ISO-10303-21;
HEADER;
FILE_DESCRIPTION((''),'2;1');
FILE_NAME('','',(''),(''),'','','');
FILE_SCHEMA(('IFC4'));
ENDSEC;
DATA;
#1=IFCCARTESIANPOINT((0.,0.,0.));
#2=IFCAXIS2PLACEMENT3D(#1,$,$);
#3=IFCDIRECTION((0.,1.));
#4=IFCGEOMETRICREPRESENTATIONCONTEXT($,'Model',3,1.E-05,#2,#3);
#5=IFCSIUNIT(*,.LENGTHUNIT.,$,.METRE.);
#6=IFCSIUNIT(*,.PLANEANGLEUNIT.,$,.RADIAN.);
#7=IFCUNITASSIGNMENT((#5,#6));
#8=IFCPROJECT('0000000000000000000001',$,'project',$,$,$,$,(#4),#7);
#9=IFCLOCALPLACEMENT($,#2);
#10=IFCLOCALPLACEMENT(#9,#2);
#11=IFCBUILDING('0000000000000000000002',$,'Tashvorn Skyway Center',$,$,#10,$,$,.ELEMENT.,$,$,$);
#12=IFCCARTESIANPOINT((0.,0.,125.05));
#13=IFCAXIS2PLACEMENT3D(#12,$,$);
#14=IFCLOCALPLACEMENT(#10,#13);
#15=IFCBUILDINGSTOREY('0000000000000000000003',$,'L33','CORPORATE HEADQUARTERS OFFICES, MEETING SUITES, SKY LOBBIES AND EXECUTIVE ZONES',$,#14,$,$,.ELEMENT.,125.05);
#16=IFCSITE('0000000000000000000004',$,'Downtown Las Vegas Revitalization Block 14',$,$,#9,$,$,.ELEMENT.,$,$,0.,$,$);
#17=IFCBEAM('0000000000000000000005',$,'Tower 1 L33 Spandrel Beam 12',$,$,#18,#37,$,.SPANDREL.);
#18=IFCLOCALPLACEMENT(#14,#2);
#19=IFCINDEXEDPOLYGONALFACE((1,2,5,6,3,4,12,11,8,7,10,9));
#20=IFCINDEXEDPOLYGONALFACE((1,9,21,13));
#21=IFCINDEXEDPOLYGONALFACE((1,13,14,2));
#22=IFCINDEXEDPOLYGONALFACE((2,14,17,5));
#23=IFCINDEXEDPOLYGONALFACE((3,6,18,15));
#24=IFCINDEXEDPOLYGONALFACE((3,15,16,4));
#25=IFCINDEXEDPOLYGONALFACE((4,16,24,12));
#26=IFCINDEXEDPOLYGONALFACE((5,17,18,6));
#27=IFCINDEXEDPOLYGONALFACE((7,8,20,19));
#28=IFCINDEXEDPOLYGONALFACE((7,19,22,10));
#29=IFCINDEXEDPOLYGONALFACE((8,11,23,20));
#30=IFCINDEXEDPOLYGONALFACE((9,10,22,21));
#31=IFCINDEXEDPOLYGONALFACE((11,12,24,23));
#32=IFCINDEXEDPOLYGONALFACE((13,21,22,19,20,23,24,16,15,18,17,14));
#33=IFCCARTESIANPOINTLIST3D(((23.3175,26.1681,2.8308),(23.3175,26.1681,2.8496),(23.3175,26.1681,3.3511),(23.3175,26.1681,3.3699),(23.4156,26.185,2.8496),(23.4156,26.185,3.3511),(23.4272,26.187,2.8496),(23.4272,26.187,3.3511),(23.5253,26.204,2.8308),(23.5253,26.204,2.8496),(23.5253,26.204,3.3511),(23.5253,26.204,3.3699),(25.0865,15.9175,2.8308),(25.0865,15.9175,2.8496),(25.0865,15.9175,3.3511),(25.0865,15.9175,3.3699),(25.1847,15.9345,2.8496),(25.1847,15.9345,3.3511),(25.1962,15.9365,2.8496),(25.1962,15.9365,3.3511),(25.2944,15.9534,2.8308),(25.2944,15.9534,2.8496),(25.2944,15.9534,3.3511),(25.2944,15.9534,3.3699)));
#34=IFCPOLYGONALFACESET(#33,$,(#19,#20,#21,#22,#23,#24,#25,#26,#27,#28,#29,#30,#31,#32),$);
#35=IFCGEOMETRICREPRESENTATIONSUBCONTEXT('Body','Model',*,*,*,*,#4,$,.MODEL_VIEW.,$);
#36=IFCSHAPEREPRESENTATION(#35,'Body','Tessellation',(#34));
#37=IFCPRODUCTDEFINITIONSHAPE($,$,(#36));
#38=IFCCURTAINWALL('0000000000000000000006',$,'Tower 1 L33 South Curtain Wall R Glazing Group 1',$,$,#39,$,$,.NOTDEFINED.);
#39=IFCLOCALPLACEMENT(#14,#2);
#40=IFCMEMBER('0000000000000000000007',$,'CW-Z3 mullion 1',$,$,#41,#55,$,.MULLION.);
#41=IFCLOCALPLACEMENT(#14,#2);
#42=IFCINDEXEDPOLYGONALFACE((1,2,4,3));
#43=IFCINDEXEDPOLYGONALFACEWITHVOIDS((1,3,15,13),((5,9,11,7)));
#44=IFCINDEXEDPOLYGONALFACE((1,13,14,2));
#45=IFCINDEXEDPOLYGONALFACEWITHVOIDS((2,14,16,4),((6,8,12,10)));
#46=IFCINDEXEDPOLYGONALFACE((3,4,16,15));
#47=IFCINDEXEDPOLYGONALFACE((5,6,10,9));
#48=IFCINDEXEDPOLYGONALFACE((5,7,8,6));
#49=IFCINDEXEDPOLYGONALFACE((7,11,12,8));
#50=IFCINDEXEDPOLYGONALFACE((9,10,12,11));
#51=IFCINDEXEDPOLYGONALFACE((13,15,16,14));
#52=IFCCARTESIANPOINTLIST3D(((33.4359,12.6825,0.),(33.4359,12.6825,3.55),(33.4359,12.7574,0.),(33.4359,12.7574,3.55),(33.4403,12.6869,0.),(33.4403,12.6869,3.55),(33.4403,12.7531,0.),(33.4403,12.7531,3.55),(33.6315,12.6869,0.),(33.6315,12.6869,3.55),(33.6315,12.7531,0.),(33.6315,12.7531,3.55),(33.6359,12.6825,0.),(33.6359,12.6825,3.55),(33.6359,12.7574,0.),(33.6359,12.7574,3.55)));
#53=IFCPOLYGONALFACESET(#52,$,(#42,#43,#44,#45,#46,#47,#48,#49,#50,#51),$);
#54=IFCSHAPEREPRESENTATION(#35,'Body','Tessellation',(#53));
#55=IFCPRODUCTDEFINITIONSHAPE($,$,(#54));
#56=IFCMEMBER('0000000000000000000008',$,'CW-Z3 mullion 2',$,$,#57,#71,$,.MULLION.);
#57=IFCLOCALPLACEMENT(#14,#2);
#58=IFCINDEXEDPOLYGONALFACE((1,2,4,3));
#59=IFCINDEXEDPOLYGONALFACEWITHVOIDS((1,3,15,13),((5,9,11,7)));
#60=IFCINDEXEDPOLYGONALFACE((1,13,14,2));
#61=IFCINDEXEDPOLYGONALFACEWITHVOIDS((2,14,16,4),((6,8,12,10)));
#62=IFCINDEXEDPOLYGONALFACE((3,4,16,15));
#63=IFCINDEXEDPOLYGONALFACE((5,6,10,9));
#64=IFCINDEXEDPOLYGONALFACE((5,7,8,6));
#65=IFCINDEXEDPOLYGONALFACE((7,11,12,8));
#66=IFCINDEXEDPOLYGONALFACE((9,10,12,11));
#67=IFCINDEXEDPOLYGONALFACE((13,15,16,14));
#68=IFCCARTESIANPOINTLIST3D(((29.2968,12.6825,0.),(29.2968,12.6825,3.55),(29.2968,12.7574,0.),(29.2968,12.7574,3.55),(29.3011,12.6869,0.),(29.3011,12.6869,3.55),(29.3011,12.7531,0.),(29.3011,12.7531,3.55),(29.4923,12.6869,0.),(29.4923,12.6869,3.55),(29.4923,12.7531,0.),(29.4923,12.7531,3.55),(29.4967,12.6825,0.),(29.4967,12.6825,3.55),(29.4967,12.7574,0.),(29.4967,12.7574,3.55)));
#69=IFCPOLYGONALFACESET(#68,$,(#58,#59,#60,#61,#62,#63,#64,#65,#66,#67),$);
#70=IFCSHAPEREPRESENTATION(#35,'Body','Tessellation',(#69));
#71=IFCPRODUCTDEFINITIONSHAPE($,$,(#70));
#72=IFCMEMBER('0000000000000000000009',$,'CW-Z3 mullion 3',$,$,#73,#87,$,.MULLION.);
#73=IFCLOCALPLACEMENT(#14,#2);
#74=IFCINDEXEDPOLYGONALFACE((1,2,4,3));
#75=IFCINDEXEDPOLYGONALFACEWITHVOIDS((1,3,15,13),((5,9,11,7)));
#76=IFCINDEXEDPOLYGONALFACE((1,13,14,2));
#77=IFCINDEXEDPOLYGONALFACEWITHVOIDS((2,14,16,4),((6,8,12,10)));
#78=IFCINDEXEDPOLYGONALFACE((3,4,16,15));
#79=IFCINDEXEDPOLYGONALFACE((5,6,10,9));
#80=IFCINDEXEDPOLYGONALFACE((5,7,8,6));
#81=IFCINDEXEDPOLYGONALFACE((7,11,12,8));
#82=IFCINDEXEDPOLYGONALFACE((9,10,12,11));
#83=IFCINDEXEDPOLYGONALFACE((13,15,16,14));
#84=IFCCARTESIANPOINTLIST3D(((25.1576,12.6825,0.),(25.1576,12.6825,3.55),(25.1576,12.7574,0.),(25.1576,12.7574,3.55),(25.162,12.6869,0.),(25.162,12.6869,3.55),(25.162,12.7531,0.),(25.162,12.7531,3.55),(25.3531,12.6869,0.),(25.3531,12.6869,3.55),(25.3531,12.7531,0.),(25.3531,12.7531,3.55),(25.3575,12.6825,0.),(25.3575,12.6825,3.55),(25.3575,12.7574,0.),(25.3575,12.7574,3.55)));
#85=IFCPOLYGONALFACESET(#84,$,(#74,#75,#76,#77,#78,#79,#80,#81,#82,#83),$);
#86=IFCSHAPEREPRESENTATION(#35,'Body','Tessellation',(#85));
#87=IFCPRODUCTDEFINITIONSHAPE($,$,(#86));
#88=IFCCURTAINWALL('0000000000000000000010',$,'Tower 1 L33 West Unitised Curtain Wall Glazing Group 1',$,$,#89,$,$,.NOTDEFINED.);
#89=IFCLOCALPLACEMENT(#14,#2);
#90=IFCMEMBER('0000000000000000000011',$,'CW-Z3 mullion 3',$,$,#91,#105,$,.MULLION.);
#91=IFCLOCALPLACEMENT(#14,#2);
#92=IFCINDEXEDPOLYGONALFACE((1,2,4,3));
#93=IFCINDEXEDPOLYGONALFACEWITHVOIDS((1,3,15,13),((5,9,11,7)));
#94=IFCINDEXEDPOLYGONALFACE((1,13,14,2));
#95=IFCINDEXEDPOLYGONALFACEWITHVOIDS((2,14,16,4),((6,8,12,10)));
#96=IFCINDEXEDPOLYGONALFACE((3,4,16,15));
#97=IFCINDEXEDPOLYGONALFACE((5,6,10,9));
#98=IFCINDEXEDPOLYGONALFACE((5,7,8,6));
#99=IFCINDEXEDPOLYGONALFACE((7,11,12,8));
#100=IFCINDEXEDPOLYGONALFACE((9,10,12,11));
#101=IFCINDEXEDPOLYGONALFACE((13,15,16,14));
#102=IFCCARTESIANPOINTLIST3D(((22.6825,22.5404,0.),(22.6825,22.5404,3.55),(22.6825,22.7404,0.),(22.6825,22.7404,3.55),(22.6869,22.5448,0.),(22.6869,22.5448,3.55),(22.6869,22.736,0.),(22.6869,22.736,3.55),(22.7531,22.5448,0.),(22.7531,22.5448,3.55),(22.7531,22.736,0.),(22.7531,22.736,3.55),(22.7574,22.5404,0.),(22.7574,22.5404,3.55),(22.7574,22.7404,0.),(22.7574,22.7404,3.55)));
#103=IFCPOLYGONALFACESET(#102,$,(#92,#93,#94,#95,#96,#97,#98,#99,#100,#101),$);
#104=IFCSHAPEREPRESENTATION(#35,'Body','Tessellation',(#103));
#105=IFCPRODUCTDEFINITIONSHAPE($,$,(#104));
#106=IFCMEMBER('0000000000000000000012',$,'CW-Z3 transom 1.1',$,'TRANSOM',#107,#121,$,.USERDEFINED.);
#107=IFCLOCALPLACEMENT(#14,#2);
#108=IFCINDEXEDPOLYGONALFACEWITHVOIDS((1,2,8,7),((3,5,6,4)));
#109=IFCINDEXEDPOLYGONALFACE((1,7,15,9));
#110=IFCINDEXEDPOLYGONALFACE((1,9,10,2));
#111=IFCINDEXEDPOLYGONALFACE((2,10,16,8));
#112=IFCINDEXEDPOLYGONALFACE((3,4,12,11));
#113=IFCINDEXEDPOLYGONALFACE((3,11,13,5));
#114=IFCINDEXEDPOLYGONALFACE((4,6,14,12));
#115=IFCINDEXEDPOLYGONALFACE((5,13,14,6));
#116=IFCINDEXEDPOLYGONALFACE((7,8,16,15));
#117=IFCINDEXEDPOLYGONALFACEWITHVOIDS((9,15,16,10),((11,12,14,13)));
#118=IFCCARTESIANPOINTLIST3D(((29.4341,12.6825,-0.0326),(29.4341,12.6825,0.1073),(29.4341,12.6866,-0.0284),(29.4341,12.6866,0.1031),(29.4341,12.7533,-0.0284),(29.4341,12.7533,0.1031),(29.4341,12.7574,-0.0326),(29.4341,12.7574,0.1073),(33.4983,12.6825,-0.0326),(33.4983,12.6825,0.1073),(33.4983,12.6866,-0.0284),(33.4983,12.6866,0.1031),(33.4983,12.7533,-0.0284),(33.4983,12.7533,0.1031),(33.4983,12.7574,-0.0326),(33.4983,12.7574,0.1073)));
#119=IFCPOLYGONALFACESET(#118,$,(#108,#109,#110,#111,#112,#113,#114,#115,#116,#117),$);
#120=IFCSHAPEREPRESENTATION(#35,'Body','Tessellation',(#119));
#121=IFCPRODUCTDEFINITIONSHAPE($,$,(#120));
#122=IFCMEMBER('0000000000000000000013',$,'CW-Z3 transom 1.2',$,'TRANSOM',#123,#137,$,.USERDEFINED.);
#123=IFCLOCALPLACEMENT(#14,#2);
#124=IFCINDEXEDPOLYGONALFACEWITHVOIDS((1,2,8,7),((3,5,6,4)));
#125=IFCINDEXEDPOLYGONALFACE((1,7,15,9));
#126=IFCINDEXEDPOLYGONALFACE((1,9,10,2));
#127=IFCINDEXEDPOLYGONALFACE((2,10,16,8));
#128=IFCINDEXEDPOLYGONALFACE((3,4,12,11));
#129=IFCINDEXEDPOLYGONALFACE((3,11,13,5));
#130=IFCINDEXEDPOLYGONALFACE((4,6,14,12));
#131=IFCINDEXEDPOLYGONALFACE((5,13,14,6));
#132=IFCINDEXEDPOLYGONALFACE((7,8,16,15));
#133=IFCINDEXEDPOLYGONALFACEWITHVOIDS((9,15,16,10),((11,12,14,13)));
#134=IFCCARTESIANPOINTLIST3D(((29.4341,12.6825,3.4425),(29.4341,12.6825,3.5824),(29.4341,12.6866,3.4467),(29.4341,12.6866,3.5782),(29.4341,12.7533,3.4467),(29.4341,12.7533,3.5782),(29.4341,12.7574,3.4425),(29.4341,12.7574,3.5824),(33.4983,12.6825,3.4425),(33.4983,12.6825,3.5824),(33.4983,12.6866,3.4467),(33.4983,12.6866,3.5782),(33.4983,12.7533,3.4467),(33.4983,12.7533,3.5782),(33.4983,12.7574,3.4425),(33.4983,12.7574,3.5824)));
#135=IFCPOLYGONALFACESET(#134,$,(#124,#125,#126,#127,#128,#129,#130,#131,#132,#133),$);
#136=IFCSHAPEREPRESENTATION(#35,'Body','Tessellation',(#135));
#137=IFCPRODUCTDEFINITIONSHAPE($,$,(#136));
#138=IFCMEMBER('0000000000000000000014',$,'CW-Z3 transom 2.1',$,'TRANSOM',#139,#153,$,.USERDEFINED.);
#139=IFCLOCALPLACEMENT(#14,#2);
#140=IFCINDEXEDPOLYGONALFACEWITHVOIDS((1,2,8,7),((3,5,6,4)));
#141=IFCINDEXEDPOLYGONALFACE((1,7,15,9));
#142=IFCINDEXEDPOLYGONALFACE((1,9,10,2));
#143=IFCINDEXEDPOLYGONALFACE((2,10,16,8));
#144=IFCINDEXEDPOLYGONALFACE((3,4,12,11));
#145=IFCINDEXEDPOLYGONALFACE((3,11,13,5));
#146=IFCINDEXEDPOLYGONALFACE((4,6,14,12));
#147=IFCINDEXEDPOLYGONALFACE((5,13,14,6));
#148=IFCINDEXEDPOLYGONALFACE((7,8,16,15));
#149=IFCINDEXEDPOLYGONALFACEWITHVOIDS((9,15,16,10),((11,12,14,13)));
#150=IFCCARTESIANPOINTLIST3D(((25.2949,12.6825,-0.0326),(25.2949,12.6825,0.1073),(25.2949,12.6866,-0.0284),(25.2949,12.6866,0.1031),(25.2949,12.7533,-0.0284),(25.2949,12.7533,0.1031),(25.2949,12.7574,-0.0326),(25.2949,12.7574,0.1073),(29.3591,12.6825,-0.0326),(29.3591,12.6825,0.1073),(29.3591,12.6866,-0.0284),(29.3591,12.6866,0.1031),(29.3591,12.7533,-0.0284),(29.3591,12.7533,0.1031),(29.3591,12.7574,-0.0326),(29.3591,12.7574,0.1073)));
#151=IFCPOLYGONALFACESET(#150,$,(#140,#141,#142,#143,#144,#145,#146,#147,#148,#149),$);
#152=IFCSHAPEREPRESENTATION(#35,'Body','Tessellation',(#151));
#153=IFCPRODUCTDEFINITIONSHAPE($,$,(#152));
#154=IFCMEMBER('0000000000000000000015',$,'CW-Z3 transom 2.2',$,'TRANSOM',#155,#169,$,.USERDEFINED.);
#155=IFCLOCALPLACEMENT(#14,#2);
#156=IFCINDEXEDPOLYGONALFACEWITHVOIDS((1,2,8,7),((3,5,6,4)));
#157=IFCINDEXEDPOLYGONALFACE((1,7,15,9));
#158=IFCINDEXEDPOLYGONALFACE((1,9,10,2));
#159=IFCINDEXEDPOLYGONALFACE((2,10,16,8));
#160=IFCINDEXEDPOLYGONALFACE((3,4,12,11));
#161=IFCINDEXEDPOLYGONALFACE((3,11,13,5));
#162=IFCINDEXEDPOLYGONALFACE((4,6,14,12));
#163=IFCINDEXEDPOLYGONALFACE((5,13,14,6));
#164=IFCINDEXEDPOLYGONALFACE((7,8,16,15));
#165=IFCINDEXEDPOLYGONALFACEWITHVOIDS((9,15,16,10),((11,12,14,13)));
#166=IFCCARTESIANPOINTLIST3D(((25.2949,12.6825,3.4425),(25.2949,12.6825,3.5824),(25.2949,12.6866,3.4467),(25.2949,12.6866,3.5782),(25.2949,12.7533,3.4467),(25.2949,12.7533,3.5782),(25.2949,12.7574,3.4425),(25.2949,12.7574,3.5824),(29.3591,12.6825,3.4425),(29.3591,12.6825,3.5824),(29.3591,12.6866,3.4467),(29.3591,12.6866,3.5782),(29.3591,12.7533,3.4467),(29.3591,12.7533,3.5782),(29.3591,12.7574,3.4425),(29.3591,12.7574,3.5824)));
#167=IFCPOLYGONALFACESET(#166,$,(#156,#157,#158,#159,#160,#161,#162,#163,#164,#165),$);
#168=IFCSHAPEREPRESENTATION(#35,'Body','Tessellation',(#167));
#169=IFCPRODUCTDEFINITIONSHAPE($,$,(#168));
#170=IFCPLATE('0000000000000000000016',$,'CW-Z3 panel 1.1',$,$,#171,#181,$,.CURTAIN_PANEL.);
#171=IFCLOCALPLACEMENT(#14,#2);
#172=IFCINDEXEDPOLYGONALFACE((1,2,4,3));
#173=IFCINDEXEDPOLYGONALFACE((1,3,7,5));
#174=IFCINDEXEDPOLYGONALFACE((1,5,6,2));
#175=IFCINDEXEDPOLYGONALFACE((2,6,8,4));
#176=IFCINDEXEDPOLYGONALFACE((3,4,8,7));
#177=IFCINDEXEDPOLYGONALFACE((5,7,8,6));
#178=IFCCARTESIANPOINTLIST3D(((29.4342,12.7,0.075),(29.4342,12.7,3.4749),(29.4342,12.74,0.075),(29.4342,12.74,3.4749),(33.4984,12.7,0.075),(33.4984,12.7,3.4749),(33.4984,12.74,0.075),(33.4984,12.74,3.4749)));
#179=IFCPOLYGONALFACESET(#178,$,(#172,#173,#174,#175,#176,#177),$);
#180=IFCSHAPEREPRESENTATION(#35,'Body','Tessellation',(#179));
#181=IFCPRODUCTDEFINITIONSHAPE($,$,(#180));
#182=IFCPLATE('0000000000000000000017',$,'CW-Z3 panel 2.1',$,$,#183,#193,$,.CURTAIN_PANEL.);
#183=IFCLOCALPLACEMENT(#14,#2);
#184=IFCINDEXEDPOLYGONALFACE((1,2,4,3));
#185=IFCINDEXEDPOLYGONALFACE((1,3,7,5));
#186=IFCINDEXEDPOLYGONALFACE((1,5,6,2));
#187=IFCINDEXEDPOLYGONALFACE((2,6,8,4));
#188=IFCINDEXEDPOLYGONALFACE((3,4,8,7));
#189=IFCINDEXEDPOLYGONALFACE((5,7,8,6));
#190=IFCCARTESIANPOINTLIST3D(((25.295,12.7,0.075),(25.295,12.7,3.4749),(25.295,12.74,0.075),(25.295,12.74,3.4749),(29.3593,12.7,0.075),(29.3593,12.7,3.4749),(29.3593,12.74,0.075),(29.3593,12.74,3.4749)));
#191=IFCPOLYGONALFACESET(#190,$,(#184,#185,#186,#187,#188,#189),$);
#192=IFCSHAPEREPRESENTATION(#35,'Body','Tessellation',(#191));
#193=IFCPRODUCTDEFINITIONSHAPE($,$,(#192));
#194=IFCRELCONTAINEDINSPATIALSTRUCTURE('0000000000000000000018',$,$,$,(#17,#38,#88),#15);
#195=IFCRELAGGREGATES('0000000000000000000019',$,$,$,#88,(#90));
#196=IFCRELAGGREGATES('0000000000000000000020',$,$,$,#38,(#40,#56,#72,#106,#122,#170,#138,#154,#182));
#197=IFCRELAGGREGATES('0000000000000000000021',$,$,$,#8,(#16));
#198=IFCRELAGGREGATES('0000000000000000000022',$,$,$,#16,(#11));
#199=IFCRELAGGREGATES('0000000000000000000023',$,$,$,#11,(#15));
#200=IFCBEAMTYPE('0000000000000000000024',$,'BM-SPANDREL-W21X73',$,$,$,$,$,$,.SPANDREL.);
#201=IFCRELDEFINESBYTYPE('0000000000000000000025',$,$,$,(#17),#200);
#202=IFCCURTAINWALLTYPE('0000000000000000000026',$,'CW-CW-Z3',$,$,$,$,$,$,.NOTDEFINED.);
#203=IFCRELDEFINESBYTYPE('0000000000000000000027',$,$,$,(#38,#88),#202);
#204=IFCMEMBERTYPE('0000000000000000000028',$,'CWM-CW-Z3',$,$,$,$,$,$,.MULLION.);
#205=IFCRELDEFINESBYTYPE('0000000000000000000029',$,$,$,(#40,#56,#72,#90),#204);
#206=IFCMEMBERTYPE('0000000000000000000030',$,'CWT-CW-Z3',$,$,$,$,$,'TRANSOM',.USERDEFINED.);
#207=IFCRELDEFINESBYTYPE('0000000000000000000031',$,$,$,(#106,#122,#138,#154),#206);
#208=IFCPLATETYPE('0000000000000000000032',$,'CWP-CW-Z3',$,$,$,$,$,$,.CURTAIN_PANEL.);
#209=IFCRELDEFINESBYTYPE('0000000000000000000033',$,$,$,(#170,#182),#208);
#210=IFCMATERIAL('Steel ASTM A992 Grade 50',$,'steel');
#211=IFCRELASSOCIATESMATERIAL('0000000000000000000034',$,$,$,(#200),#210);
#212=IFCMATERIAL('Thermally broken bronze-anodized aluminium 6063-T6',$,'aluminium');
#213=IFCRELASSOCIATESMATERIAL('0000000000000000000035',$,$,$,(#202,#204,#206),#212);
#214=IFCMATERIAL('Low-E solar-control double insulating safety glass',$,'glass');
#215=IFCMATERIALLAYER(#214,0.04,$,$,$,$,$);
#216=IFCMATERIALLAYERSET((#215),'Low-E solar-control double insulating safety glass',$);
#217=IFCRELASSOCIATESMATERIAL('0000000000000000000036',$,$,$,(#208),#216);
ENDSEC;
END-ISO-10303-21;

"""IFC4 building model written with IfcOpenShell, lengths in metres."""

from ifc_helpers import new_model, si_unit, direction, frame, origin, origin_2d, place, context, subcontext, project, spatial, rectangle, hollow_rectangle, i_section, extrude, material, layer, layer_set, material_profile, profile_set, type_object, element, aggregate, save


model = new_model("IFC4")

# Units and contexts
model_context = context("Model", 3, precision=1e-05, world=origin(), true_north=direction((0.0, 1.0)))
body_context = subcontext(model_context, "Body", "Model", "MODEL_VIEW")
ifc_project = project(units=[si_unit("LENGTHUNIT", "METRE"), si_unit("PLANEANGLEUNIT", "RADIAN")], contexts=[model_context])

# Site, building, storey
site_placement = place(None, origin())
site = spatial("IfcSite", under=ifc_project, at=site_placement, Name="Downtown Las Vegas Revitalization Block 14", CompositionType="ELEMENT", RefElevation=0.0)
building_placement = place(site_placement, origin())
building = spatial("IfcBuilding", under=site, at=building_placement, Name="Tashvorn Skyway Center", CompositionType="ELEMENT")
storey_placement = place(building_placement, frame((0.0, 0.0, 125.05)))
storey = spatial("IfcBuildingStorey", under=building, at=storey_placement, Name="L33", Description="CORPORATE HEADQUARTERS OFFICES, MEETING SUITES, SKY LOBBIES AND EXECUTIVE ZONES", CompositionType="ELEMENT", Elevation=125.05)

# Beam
ifc_material_1 = material(Name="Steel ASTM A992 Grade 50", Category="steel")
ifc_material_profile_1 = material_profile(ifc_material_1, i_section(OverallWidth=0.2109, OverallDepth=0.5391, WebThickness=0.0117, FlangeThickness=0.0188, at=origin_2d()), Name="W21X73")
ifc_profile_set_1 = profile_set([ifc_material_profile_1], Name="Steel ASTM A992 Grade 50")
beam_type_1 = type_object("IfcBeamType", Name="BM-SPANDREL-W21X73", PredefinedType="SPANDREL", material=ifc_profile_set_1)
for number, where, z_axis, x_axis, name in (
    (1, (23.4214, 26.186, 3.1003), (0.170067, -0.985432, 0.0), (0.985432, 0.170067, 0.0), "Tower 1 L33 Spandrel Beam 12"),
):
    element("IfcBeam", number, at=place(storey_placement, frame(where, z_axis=z_axis, x_axis=x_axis)), inside=storey, type_object=beam_type_1, Name=name, PredefinedType="SPANDREL", context=body_context, shape_type="SweptSolid", body=[
        extrude(i_section(OverallWidth=0.2109, OverallDepth=0.5391, WebThickness=0.0117, FlangeThickness=0.0188, at=origin_2d()), origin(), (0.0, 0.0, 1.0), 10.4021),
    ])

# Curtain wall, members
ifc_material_2 = material(Name="Thermally broken bronze-anodized aluminium 6063-T6", Category="aluminium")
curtain_wall_type = type_object("IfcCurtainWallType", Name="CW-CW-Z3", PredefinedType="NOTDEFINED", material=ifc_material_2)
curtain_wall_1_placement = place(storey_placement, origin())
curtain_wall_1 = element("IfcCurtainWall", 2, at=curtain_wall_1_placement, inside=storey, type_object=curtain_wall_type, Name="Tower 1 L33 South Curtain Wall R Glazing Group 1", PredefinedType="NOTDEFINED")
ifc_material_profile_2 = material_profile(ifc_material_2, hollow_rectangle(XDim=0.075, YDim=0.2, WallThickness=0.0044, at=origin_2d()), Name="ALU-MULL-75x200")
ifc_profile_set_2 = profile_set([ifc_material_profile_2], Name="Thermally broken bronze-anodized aluminium 6063-T6")
member_type_1 = type_object("IfcMemberType", Name="CWM-CW-Z3", PredefinedType="MULLION", material=ifc_profile_set_2)
member_1_placement = place(storey_placement, frame((33.5359, 12.72, 0.0), z_axis=(0.0, 0.0, 1.0), x_axis=(0.0, -1.0, 0.0)))
member_1 = element("IfcMember", 3, at=member_1_placement, type_object=member_type_1, Name="CW-Z3 mullion 1", PredefinedType="MULLION", context=body_context, shape_type="SweptSolid", body=[
    extrude(hollow_rectangle(XDim=0.075, YDim=0.2, WallThickness=0.0044, at=origin_2d()), origin(), (0.0, 0.0, 1.0), 3.55),
])
member_2_placement = place(storey_placement, frame((29.3967, 12.72, 0.0), z_axis=(0.0, 0.0, 1.0), x_axis=(0.0, -1.0, 0.0)))
member_2 = element("IfcMember", 4, at=member_2_placement, type_object=member_type_1, Name="CW-Z3 mullion 2", PredefinedType="MULLION", context=body_context, shape_type="SweptSolid", body=[
    extrude(hollow_rectangle(XDim=0.075, YDim=0.2, WallThickness=0.0044, at=origin_2d()), origin(), (0.0, 0.0, 1.0), 3.55),
])
member_3_placement = place(storey_placement, frame((25.2576, 12.72, 0.0), z_axis=(0.0, 0.0, 1.0), x_axis=(0.0, -1.0, 0.0)))
member_3 = element("IfcMember", 5, at=member_3_placement, type_object=member_type_1, Name="CW-Z3 mullion 3", PredefinedType="MULLION", context=body_context, shape_type="SweptSolid", body=[
    extrude(hollow_rectangle(XDim=0.075, YDim=0.2, WallThickness=0.0044, at=origin_2d()), origin(), (0.0, 0.0, 1.0), 3.55),
])

# Curtain wall, member
curtain_wall_2_placement = place(storey_placement, origin())
curtain_wall_2 = element("IfcCurtainWall", 6, at=curtain_wall_2_placement, inside=storey, type_object=curtain_wall_type, Name="Tower 1 L33 West Unitised Curtain Wall Glazing Group 1", PredefinedType="NOTDEFINED")
member_4_placement = place(storey_placement, frame((22.72, 22.6404, 0.0), z_axis=(0.0, 0.0, 1.0), x_axis=(-1.0, 0.0, 0.0)))
member_4 = element("IfcMember", 7, at=member_4_placement, type_object=member_type_1, Name="CW-Z3 mullion 3", PredefinedType="MULLION", context=body_context, shape_type="SweptSolid", body=[
    extrude(hollow_rectangle(XDim=0.075, YDim=0.2, WallThickness=0.0044, at=origin_2d()), origin(), (0.0, 0.0, 1.0), 3.55),
])
aggregate(curtain_wall_2, [member_4])

# Members
ifc_material_profile_3 = material_profile(ifc_material_2, hollow_rectangle(XDim=0.075, YDim=0.1399, WallThickness=0.0042, at=origin_2d()), Name="ALU-TRAN-75x140")
ifc_profile_set_3 = profile_set([ifc_material_profile_3], Name="Thermally broken bronze-anodized aluminium 6063-T6")
member_type_2 = type_object("IfcMemberType", Name="CWT-CW-Z3", ElementType="TRANSOM", PredefinedType="USERDEFINED", material=ifc_profile_set_3)
member_5_placement = place(storey_placement, frame((33.4983, 12.72, 0.0374), z_axis=(-1.0, 0.0, 0.0), x_axis=(0.0, -1.0, 0.0)))
member_5 = element("IfcMember", 8, at=member_5_placement, type_object=member_type_2, Name="CW-Z3 transom 1.1", ObjectType="TRANSOM", PredefinedType="USERDEFINED", context=body_context, shape_type="SweptSolid", body=[
    extrude(hollow_rectangle(XDim=0.075, YDim=0.1399, WallThickness=0.0042, at=origin_2d()), origin(), (0.0, 0.0, 1.0), 4.0642),
])
member_6_placement = place(storey_placement, frame((33.4983, 12.72, 3.5125), z_axis=(-1.0, 0.0, 0.0), x_axis=(0.0, -1.0, 0.0)))
member_6 = element("IfcMember", 9, at=member_6_placement, type_object=member_type_2, Name="CW-Z3 transom 1.2", ObjectType="TRANSOM", PredefinedType="USERDEFINED", context=body_context, shape_type="SweptSolid", body=[
    extrude(hollow_rectangle(XDim=0.075, YDim=0.1399, WallThickness=0.0042, at=origin_2d()), origin(), (0.0, 0.0, 1.0), 4.0642),
])
member_7_placement = place(storey_placement, frame((29.3591, 12.72, 0.0374), z_axis=(-1.0, 0.0, 0.0), x_axis=(0.0, -1.0, 0.0)))
member_7 = element("IfcMember", 10, at=member_7_placement, type_object=member_type_2, Name="CW-Z3 transom 2.1", ObjectType="TRANSOM", PredefinedType="USERDEFINED", context=body_context, shape_type="SweptSolid", body=[
    extrude(hollow_rectangle(XDim=0.075, YDim=0.1399, WallThickness=0.0042, at=origin_2d()), origin(), (0.0, 0.0, 1.0), 4.0642),
])
member_8_placement = place(storey_placement, frame((29.3591, 12.72, 3.5125), z_axis=(-1.0, 0.0, 0.0), x_axis=(0.0, -1.0, 0.0)))
member_8 = element("IfcMember", 11, at=member_8_placement, type_object=member_type_2, Name="CW-Z3 transom 2.2", ObjectType="TRANSOM", PredefinedType="USERDEFINED", context=body_context, shape_type="SweptSolid", body=[
    extrude(hollow_rectangle(XDim=0.075, YDim=0.1399, WallThickness=0.0042, at=origin_2d()), origin(), (0.0, 0.0, 1.0), 4.0642),
])

# Plates
ifc_material_3 = material(Name="Low-E solar-control double insulating safety glass", Category="glass")
ifc_layer_1 = layer(ifc_material_3, 0.04)
ifc_layer_set_1 = layer_set([ifc_layer_1], Name="Low-E solar-control double insulating safety glass")
plate_type = type_object("IfcPlateType", Name="CWP-CW-Z3", PredefinedType="CURTAIN_PANEL", material=ifc_layer_set_1)
plate_1_placement = place(storey_placement, frame((31.4663, 12.72, 0.075), z_axis=(0.0, 0.0, 1.0), x_axis=(-1.0, 0.0, 0.0)))
plate_1 = element("IfcPlate", 12, at=plate_1_placement, type_object=plate_type, Name="CW-Z3 panel 1.1", PredefinedType="CURTAIN_PANEL", context=body_context, shape_type="SweptSolid", body=[
    extrude(rectangle(XDim=4.0642, YDim=0.04, at=origin_2d()), origin(), (0.0, 0.0, 1.0), 3.3999),
])
plate_2_placement = place(storey_placement, frame((27.3271, 12.72, 0.075), z_axis=(0.0, 0.0, 1.0), x_axis=(-1.0, 0.0, 0.0)))
plate_2 = element("IfcPlate", 13, at=plate_2_placement, type_object=plate_type, Name="CW-Z3 panel 2.1", PredefinedType="CURTAIN_PANEL", context=body_context, shape_type="SweptSolid", body=[
    extrude(rectangle(XDim=4.0642, YDim=0.04, at=origin_2d()), origin(), (0.0, 0.0, 1.0), 3.3999),
])
aggregate(curtain_wall_1, [member_1, member_2, member_3, member_5, member_6, plate_1, member_7, member_8, plate_2])

save(model, "model.ifc")
